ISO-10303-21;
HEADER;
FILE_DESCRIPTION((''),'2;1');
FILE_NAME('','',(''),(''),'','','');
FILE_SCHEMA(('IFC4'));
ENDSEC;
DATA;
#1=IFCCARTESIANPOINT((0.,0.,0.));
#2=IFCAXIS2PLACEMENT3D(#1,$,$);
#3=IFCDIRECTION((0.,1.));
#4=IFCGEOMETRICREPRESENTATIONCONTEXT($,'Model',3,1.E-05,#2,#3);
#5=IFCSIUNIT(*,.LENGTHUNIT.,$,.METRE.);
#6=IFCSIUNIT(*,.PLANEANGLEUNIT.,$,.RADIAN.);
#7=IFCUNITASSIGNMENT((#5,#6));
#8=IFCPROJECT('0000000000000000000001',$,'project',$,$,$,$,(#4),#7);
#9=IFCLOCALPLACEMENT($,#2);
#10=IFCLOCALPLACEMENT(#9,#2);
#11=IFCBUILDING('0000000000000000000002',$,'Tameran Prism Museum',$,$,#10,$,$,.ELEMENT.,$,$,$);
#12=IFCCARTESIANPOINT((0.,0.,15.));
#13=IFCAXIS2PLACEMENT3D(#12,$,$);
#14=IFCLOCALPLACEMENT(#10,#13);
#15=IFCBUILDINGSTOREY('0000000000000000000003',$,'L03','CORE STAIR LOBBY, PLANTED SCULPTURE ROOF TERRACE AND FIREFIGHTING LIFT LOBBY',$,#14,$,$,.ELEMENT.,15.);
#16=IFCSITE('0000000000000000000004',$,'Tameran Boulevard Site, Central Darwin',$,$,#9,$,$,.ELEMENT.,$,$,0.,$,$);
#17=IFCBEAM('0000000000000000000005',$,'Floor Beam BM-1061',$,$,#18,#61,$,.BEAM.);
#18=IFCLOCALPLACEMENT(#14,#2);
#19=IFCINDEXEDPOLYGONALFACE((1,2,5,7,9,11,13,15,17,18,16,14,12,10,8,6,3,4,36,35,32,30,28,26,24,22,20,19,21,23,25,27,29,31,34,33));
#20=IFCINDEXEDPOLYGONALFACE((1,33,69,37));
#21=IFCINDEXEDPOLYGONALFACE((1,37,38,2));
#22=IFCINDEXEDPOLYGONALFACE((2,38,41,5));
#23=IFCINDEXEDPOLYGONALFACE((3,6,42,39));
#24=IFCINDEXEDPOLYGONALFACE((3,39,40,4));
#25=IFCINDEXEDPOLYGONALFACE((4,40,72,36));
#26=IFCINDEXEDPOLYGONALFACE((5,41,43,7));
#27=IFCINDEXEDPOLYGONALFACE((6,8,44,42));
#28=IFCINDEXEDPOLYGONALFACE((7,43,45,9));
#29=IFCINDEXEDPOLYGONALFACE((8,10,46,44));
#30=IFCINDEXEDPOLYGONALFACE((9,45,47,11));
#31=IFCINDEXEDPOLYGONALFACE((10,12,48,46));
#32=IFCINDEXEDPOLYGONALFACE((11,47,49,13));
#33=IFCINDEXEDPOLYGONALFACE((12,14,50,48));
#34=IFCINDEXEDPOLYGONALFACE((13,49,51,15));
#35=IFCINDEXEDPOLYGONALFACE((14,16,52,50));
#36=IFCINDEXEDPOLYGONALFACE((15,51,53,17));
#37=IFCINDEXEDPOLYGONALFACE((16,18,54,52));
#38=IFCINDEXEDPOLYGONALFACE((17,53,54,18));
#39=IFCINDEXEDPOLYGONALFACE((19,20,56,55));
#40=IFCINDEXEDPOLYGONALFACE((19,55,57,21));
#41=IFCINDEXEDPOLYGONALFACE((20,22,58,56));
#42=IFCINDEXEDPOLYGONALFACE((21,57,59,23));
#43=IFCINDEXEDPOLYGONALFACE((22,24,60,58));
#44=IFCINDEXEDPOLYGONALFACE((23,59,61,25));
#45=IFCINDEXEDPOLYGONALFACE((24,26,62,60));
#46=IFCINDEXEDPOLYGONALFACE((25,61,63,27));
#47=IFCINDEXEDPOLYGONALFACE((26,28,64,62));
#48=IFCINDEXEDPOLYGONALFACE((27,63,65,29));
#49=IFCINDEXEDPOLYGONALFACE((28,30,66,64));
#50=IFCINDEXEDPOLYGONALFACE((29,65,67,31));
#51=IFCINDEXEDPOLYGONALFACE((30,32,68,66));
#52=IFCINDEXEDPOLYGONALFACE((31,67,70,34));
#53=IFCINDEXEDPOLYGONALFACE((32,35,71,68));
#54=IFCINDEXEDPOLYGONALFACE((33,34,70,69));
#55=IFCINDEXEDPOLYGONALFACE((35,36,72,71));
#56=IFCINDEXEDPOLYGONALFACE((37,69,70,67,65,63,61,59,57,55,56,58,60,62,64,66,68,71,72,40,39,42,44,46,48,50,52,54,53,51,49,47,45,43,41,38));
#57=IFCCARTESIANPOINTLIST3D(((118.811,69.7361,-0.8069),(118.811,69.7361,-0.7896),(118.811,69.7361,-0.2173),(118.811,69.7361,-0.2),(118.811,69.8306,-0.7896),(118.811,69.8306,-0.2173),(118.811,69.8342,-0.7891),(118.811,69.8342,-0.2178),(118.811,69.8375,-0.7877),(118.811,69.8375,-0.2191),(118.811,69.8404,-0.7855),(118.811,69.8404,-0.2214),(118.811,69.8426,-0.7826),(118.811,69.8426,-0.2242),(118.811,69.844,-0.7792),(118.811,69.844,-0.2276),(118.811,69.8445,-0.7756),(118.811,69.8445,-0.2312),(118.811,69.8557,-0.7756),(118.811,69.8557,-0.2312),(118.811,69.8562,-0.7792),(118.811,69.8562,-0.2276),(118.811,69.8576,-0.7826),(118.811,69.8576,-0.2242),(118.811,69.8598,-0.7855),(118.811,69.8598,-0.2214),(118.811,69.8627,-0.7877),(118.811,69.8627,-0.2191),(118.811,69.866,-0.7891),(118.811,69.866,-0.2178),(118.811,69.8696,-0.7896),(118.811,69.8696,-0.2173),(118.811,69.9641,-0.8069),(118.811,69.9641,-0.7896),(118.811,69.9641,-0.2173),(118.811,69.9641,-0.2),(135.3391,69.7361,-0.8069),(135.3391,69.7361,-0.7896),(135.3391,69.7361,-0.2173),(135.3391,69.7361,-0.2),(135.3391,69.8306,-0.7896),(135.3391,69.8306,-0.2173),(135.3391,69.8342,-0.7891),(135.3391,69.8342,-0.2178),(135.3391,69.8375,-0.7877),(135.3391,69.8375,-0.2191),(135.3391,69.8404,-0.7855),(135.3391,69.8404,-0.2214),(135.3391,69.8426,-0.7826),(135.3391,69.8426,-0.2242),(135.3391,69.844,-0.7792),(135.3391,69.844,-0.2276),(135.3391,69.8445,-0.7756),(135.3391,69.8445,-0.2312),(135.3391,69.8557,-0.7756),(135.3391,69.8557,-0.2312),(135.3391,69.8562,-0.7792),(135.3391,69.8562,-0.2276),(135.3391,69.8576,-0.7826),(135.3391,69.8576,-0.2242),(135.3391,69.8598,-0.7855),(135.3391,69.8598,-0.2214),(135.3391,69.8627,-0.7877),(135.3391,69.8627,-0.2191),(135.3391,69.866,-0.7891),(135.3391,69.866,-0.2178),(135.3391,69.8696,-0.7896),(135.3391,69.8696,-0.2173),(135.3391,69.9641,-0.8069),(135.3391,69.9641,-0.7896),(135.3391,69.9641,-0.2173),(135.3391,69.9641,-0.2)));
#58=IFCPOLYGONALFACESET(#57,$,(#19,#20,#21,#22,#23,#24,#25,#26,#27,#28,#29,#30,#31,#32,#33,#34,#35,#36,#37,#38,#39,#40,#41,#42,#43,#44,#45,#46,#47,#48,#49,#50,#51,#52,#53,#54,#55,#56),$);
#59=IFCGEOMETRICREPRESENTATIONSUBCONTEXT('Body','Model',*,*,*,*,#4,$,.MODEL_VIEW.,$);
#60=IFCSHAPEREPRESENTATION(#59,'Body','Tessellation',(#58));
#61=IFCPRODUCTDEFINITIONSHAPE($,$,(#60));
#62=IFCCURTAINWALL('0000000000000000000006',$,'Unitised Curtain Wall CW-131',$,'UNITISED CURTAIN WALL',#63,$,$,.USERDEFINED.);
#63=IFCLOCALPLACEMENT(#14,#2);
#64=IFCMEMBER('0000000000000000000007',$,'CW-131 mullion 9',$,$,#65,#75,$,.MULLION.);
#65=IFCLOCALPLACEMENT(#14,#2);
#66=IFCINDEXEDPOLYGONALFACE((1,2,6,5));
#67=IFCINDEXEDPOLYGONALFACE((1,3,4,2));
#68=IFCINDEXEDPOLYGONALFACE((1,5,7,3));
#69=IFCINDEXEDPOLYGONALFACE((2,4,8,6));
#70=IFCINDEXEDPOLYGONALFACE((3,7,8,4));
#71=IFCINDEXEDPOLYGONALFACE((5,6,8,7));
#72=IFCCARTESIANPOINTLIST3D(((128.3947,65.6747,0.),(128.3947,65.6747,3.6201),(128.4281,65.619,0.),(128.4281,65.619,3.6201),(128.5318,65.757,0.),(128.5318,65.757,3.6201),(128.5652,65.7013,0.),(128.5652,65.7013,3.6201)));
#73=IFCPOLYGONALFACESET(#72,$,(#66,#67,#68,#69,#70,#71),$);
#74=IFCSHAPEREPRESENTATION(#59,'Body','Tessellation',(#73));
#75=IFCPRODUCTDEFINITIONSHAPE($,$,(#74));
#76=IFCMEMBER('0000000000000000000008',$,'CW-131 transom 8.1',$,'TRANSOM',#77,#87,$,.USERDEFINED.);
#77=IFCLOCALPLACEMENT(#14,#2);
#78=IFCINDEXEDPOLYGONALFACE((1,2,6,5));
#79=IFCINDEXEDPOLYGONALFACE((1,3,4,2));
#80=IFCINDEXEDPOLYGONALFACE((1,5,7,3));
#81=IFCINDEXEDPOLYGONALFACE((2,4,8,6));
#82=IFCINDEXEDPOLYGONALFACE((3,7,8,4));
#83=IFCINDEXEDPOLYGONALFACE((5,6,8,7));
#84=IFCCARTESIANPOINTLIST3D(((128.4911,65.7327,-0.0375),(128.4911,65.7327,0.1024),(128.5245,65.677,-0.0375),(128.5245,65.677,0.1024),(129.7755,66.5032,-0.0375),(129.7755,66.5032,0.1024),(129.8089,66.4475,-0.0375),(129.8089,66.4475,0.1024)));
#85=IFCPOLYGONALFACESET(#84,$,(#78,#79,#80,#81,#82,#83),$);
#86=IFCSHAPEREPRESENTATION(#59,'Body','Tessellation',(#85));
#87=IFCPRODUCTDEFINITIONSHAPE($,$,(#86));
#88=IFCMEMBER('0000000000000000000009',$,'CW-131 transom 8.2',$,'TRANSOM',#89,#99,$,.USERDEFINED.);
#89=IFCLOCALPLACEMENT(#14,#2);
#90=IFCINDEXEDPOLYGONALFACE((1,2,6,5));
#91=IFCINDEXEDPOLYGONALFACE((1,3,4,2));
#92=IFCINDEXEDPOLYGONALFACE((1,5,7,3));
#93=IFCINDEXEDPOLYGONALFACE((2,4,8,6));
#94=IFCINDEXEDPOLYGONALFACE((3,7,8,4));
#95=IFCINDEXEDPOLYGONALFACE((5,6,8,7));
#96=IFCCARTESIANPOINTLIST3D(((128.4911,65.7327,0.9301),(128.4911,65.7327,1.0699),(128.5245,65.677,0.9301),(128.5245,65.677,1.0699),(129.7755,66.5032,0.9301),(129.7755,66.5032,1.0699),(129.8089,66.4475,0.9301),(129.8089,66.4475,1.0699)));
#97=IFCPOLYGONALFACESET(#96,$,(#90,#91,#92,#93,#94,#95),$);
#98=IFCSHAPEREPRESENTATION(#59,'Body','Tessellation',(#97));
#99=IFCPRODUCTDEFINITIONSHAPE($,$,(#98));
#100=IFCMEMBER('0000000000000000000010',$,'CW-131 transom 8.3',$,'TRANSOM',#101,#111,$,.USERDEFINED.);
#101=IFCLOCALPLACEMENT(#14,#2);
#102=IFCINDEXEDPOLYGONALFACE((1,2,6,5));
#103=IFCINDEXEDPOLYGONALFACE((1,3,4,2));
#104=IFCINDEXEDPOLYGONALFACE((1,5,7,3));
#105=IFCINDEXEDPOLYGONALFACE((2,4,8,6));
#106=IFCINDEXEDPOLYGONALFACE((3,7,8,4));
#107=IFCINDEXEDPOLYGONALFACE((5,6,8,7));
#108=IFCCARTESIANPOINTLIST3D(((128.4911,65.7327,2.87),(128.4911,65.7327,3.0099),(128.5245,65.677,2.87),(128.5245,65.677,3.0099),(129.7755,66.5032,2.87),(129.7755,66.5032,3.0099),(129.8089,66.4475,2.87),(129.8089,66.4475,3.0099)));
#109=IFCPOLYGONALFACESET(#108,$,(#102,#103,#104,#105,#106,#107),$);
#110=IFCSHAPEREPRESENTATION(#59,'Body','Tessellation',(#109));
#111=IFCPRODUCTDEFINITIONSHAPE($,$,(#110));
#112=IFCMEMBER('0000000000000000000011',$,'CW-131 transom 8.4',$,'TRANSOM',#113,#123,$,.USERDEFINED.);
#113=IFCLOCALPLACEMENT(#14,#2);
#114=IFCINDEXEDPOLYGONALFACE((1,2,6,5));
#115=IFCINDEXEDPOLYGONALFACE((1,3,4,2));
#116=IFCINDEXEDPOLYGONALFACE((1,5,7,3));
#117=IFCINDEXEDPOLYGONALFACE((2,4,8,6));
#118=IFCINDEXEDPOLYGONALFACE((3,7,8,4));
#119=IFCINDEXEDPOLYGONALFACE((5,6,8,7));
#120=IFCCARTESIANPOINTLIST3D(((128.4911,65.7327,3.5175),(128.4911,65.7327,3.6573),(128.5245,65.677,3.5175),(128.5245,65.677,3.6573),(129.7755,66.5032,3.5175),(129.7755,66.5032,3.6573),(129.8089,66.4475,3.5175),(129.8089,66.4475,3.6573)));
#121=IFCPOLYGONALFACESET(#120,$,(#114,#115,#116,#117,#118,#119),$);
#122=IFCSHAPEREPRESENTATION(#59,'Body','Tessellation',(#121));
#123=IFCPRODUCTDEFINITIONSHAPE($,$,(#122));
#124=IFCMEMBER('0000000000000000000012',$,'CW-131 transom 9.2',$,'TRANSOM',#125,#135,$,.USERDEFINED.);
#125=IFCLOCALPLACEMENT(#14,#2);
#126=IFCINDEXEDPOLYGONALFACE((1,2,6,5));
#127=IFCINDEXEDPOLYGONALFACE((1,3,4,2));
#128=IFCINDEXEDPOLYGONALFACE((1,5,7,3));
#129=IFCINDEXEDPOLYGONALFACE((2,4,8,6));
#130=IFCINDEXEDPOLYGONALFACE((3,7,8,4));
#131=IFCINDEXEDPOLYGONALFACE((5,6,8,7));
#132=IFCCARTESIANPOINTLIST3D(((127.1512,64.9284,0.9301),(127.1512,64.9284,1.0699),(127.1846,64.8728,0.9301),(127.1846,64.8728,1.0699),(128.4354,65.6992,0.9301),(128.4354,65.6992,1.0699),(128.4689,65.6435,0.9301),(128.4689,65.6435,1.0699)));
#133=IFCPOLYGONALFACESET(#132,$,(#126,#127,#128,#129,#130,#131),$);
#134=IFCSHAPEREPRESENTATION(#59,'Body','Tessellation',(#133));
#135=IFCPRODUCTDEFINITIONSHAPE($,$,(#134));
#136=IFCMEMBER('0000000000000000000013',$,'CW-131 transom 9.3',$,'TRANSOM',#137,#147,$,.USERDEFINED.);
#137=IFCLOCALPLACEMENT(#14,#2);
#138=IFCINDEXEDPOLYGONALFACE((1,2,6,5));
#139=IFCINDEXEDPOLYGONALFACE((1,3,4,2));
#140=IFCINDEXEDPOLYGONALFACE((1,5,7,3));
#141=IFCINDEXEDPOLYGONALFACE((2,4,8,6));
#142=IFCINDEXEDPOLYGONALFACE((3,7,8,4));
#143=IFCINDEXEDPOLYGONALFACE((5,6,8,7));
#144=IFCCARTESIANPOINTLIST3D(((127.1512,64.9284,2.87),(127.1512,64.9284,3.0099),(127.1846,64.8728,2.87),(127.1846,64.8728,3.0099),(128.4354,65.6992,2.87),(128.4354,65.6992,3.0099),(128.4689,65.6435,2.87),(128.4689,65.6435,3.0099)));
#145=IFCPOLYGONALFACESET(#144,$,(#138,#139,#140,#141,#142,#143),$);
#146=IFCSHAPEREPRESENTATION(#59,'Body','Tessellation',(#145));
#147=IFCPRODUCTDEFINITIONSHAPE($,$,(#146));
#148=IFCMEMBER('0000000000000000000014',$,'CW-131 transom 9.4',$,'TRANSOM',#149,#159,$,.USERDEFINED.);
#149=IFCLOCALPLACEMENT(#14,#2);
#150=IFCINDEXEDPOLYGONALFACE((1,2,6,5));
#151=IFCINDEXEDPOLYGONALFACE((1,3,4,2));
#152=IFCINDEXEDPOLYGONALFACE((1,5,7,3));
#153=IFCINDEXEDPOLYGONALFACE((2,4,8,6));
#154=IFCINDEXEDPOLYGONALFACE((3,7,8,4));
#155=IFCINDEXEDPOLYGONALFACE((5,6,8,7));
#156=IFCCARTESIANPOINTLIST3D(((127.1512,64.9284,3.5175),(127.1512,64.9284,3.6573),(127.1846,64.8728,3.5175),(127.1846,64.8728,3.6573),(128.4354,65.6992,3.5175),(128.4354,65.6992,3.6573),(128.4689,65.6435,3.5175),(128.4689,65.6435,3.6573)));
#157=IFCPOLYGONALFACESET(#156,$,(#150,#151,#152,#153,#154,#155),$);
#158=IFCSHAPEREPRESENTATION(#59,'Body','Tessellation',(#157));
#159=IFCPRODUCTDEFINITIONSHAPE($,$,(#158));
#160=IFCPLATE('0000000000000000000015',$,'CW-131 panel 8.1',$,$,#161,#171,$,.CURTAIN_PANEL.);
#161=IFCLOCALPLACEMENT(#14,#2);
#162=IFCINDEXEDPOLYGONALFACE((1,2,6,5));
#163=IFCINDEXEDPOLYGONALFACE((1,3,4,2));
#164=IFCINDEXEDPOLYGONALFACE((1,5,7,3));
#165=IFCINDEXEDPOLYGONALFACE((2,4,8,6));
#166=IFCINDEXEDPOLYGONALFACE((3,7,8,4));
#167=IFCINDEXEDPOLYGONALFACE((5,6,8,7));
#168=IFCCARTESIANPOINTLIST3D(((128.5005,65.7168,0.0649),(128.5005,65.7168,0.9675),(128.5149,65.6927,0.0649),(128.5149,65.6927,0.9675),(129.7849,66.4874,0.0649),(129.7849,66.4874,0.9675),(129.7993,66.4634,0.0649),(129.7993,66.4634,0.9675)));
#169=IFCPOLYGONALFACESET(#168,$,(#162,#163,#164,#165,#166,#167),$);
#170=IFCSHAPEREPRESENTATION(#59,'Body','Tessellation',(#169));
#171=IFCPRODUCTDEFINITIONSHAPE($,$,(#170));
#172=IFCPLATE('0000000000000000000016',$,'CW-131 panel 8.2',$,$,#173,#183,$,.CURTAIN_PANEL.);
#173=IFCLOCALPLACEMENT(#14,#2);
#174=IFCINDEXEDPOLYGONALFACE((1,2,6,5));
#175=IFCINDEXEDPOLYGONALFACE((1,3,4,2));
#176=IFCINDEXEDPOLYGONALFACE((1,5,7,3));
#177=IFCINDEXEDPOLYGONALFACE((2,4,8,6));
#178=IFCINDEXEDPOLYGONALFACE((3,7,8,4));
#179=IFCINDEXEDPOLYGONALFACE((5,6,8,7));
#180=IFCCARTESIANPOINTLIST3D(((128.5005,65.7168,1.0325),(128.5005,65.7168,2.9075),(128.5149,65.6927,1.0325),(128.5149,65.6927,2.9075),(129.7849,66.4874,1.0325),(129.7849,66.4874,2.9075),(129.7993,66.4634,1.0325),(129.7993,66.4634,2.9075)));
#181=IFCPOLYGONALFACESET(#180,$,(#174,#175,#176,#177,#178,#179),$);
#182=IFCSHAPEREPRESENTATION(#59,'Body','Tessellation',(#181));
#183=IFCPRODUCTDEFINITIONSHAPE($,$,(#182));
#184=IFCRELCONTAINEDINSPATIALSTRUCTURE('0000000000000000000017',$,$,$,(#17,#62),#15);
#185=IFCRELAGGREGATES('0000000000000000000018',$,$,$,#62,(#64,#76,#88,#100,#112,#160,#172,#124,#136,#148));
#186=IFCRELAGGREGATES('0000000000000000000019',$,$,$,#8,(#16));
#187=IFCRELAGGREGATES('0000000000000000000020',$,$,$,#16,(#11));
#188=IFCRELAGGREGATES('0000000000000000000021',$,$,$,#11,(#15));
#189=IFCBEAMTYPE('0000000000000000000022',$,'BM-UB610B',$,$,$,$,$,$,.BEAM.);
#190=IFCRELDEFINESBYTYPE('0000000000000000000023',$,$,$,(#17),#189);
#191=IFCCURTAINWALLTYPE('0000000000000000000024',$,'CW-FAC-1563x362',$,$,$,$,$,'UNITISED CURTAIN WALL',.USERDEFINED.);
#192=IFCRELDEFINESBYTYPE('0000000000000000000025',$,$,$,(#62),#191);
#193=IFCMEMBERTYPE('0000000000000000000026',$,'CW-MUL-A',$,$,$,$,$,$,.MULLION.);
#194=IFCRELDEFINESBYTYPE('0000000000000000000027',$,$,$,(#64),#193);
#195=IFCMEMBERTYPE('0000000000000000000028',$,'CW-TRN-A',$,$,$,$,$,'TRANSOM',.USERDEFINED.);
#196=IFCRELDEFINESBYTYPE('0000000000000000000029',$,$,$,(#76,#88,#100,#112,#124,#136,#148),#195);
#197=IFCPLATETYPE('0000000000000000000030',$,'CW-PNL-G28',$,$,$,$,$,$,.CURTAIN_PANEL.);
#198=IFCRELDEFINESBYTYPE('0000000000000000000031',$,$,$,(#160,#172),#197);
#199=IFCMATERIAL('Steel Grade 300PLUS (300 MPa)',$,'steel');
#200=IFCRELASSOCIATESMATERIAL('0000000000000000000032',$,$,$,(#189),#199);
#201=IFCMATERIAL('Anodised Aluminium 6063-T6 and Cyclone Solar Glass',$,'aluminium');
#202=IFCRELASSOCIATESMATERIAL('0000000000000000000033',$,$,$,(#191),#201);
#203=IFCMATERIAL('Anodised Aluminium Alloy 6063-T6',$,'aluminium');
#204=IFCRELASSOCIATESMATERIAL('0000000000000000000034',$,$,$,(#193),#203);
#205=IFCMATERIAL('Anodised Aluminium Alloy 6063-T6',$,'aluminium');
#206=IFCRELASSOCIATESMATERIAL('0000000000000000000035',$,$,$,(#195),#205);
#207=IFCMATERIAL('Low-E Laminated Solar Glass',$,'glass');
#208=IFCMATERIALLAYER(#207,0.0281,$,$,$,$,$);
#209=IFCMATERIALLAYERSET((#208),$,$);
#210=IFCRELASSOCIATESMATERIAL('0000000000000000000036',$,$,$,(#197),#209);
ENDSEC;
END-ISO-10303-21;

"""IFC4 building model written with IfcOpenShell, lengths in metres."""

from ifc_helpers import new_model, si_unit, direction, frame, origin, origin_2d, place, context, subcontext, project, spatial, rectangle, i_section, extrude, material, layer, layer_set, material_profile, profile_set, type_object, element, aggregate, save


model = new_model("IFC4")

# Units and contexts
model_context = context("Model", 3, precision=1e-05, world=origin(), true_north=direction((0.0, 1.0)))
body_context = subcontext(model_context, "Body", "Model", "MODEL_VIEW")
ifc_project = project(units=[si_unit("LENGTHUNIT", "METRE"), si_unit("PLANEANGLEUNIT", "RADIAN")], contexts=[model_context])

# Site, building, storey
site_placement = place(None, origin())
site = spatial("IfcSite", under=ifc_project, at=site_placement, Name="Tameran Boulevard Site, Central Darwin", CompositionType="ELEMENT", RefElevation=0.0)
building_placement = place(site_placement, origin())
building = spatial("IfcBuilding", under=site, at=building_placement, Name="Tameran Prism Museum", CompositionType="ELEMENT")
storey_placement = place(building_placement, frame((0.0, 0.0, 15.0)))
storey = spatial("IfcBuildingStorey", under=building, at=storey_placement, Name="L03", Description="CORE STAIR LOBBY, PLANTED SCULPTURE ROOF TERRACE AND FIREFIGHTING LIFT LOBBY", CompositionType="ELEMENT", Elevation=15.0)

# Beam
ifc_material_1 = material(Name="Steel Grade 300PLUS (300 MPa)", Category="steel")
ifc_material_profile_1 = material_profile(ifc_material_1, i_section(OverallWidth=0.228, OverallDepth=0.6069, WebThickness=0.0112, FlangeThickness=0.0173, FilletRadius=0.0139, at=origin_2d()))
ifc_profile_set_1 = profile_set([ifc_material_profile_1])
beam_type_1 = type_object("IfcBeamType", Name="BM-UB610B", PredefinedType="BEAM", material=ifc_profile_set_1)
beam_1_placement = place(storey_placement, frame((118.811, 69.8501, -0.5034), z_axis=(1.0, 0.0, 0.0), x_axis=(0.0, 1.0, 0.0)))
element("IfcBeam", 1, at=beam_1_placement, inside=storey, type_object=beam_type_1, Name="Floor Beam BM-1061", PredefinedType="BEAM", context=body_context, shape_type="SweptSolid", body=[
    extrude(i_section(OverallWidth=0.228, OverallDepth=0.6069, WebThickness=0.0112, FlangeThickness=0.0173, FilletRadius=0.0139, at=origin_2d()), origin(), (0.0, 0.0, 1.0), 16.5281),
])

# Curtain wall, members, plates
ifc_material_2 = material(Name="Anodised Aluminium 6063-T6 and Cyclone Solar Glass", Category="aluminium")
curtain_wall_type = type_object("IfcCurtainWallType", Name="CW-FAC-1563x362", ElementType="UNITISED CURTAIN WALL", PredefinedType="USERDEFINED", material=ifc_material_2)
curtain_wall_placement = place(storey_placement, origin())
curtain_wall = element("IfcCurtainWall", 2, at=curtain_wall_placement, inside=storey, type_object=curtain_wall_type, Name="Unitised Curtain Wall CW-131", ObjectType="UNITISED CURTAIN WALL", PredefinedType="USERDEFINED")
ifc_material_3 = material(Name="Anodised Aluminium Alloy 6063-T6", Category="aluminium")
ifc_material_profile_2 = material_profile(ifc_material_3, rectangle(XDim=0.0649, YDim=0.1599, at=origin_2d()))
ifc_profile_set_2 = profile_set([ifc_material_profile_2])
member_type_1 = type_object("IfcMemberType", Name="CW-MUL-A", PredefinedType="MULLION", material=ifc_profile_set_2)
member_1_placement = place(storey_placement, frame((128.48, 65.688, 0.0), z_axis=(0.0, 0.0, 1.0), x_axis=(0.514496, -0.857493, 0.0)))
member_1 = element("IfcMember", 3, at=member_1_placement, type_object=member_type_1, Name="CW-131 mullion 9", PredefinedType="MULLION", context=body_context, shape_type="SweptSolid", body=[
    extrude(rectangle(XDim=0.0649, YDim=0.1599, at=origin_2d()), origin(), (0.0, 0.0, 1.0), 3.6201),
])
ifc_material_4 = material(Name="Anodised Aluminium Alloy 6063-T6", Category="aluminium")
ifc_material_profile_3 = material_profile(ifc_material_4, rectangle(XDim=0.0649, YDim=0.1399, at=origin_2d()))
ifc_profile_set_3 = profile_set([ifc_material_profile_3])
member_type_2 = type_object("IfcMemberType", Name="CW-TRN-A", ElementType="TRANSOM", PredefinedType="USERDEFINED", material=ifc_profile_set_3)
member_2_placement = place(storey_placement, frame((129.7922, 66.4753, 0.0325), z_axis=(-0.857536, -0.514424, 0.0), x_axis=(0.514424, -0.857536, 0.0)))
member_2 = element("IfcMember", 4, at=member_2_placement, type_object=member_type_2, Name="CW-131 transom 8.1", ObjectType="TRANSOM", PredefinedType="USERDEFINED", context=body_context, shape_type="SweptSolid", body=[
    extrude(rectangle(XDim=0.0649, YDim=0.1399, at=origin_2d()), origin(), (0.0, 0.0, 1.0), 1.4978),
])
member_3_placement = place(storey_placement, frame((129.7922, 66.4753, 1.0), z_axis=(-0.857536, -0.514424, 0.0), x_axis=(0.514424, -0.857536, 0.0)))
member_3 = element("IfcMember", 5, at=member_3_placement, type_object=member_type_2, Name="CW-131 transom 8.2", ObjectType="TRANSOM", PredefinedType="USERDEFINED", context=body_context, shape_type="SweptSolid", body=[
    extrude(rectangle(XDim=0.0649, YDim=0.1399, at=origin_2d()), origin(), (0.0, 0.0, 1.0), 1.4978),
])
member_4_placement = place(storey_placement, frame((129.7922, 66.4753, 2.9399), z_axis=(-0.857536, -0.514424, 0.0), x_axis=(0.514424, -0.857536, 0.0)))
member_4 = element("IfcMember", 6, at=member_4_placement, type_object=member_type_2, Name="CW-131 transom 8.3", ObjectType="TRANSOM", PredefinedType="USERDEFINED", context=body_context, shape_type="SweptSolid", body=[
    extrude(rectangle(XDim=0.0649, YDim=0.1399, at=origin_2d()), origin(), (0.0, 0.0, 1.0), 1.4978),
])
member_5_placement = place(storey_placement, frame((129.7922, 66.4753, 3.5874), z_axis=(-0.857536, -0.514424, 0.0), x_axis=(0.514424, -0.857536, 0.0)))
member_5 = element("IfcMember", 7, at=member_5_placement, type_object=member_type_2, Name="CW-131 transom 8.4", ObjectType="TRANSOM", PredefinedType="USERDEFINED", context=body_context, shape_type="SweptSolid", body=[
    extrude(rectangle(XDim=0.0649, YDim=0.1399, at=origin_2d()), origin(), (0.0, 0.0, 1.0), 1.4978),
])
member_6_placement = place(storey_placement, frame((128.4521, 65.6714, 1.0), z_axis=(-0.857421, -0.514616, 0.0), x_axis=(0.514616, -0.857421, 0.0)))
member_6 = element("IfcMember", 8, at=member_6_placement, type_object=member_type_2, Name="CW-131 transom 9.2", ObjectType="TRANSOM", PredefinedType="USERDEFINED", context=body_context, shape_type="SweptSolid", body=[
    extrude(rectangle(XDim=0.0649, YDim=0.1399, at=origin_2d()), origin(), (0.0, 0.0, 1.0), 1.4978),
])
member_7_placement = place(storey_placement, frame((128.4521, 65.6714, 2.9399), z_axis=(-0.857421, -0.514616, 0.0), x_axis=(0.514616, -0.857421, 0.0)))
member_7 = element("IfcMember", 9, at=member_7_placement, type_object=member_type_2, Name="CW-131 transom 9.3", ObjectType="TRANSOM", PredefinedType="USERDEFINED", context=body_context, shape_type="SweptSolid", body=[
    extrude(rectangle(XDim=0.0649, YDim=0.1399, at=origin_2d()), origin(), (0.0, 0.0, 1.0), 1.4978),
])
member_8_placement = place(storey_placement, frame((128.4521, 65.6714, 3.5874), z_axis=(-0.857421, -0.514616, 0.0), x_axis=(0.514616, -0.857421, 0.0)))
member_8 = element("IfcMember", 10, at=member_8_placement, type_object=member_type_2, Name="CW-131 transom 9.4", ObjectType="TRANSOM", PredefinedType="USERDEFINED", context=body_context, shape_type="SweptSolid", body=[
    extrude(rectangle(XDim=0.0649, YDim=0.1399, at=origin_2d()), origin(), (0.0, 0.0, 1.0), 1.4978),
])
ifc_material_5 = material(Name="Low-E Laminated Solar Glass", Category="glass")
ifc_layer_1 = layer(ifc_material_5, 0.0281)
ifc_layer_set_1 = layer_set([ifc_layer_1])
plate_type = type_object("IfcPlateType", Name="CW-PNL-G28", PredefinedType="CURTAIN_PANEL", material=ifc_layer_set_1)
plate_1_placement = place(storey_placement, frame((129.1499, 66.0901, 0.0649), z_axis=(0.0, 0.0, 1.0), x_axis=(-0.857493, -0.514496, 0.0)))
plate_1 = element("IfcPlate", 11, at=plate_1_placement, type_object=plate_type, Name="CW-131 panel 8.1", PredefinedType="CURTAIN_PANEL", context=body_context, shape_type="SweptSolid", body=[
    extrude(rectangle(XDim=1.4978, YDim=0.0281, at=origin_2d()), origin(), (0.0, 0.0, 1.0), 0.9026),
])
plate_2_placement = place(storey_placement, frame((129.1499, 66.0901, 1.0325), z_axis=(0.0, 0.0, 1.0), x_axis=(-0.857493, -0.514496, 0.0)))
plate_2 = element("IfcPlate", 12, at=plate_2_placement, type_object=plate_type, Name="CW-131 panel 8.2", PredefinedType="CURTAIN_PANEL", context=body_context, shape_type="SweptSolid", body=[
    extrude(rectangle(XDim=1.4978, YDim=0.0281, at=origin_2d()), origin(), (0.0, 0.0, 1.0), 1.875),
])
aggregate(curtain_wall, [member_1, member_2, member_3, member_4, member_5, plate_1, plate_2, member_6, member_7, member_8])

save(model, "model.ifc")
